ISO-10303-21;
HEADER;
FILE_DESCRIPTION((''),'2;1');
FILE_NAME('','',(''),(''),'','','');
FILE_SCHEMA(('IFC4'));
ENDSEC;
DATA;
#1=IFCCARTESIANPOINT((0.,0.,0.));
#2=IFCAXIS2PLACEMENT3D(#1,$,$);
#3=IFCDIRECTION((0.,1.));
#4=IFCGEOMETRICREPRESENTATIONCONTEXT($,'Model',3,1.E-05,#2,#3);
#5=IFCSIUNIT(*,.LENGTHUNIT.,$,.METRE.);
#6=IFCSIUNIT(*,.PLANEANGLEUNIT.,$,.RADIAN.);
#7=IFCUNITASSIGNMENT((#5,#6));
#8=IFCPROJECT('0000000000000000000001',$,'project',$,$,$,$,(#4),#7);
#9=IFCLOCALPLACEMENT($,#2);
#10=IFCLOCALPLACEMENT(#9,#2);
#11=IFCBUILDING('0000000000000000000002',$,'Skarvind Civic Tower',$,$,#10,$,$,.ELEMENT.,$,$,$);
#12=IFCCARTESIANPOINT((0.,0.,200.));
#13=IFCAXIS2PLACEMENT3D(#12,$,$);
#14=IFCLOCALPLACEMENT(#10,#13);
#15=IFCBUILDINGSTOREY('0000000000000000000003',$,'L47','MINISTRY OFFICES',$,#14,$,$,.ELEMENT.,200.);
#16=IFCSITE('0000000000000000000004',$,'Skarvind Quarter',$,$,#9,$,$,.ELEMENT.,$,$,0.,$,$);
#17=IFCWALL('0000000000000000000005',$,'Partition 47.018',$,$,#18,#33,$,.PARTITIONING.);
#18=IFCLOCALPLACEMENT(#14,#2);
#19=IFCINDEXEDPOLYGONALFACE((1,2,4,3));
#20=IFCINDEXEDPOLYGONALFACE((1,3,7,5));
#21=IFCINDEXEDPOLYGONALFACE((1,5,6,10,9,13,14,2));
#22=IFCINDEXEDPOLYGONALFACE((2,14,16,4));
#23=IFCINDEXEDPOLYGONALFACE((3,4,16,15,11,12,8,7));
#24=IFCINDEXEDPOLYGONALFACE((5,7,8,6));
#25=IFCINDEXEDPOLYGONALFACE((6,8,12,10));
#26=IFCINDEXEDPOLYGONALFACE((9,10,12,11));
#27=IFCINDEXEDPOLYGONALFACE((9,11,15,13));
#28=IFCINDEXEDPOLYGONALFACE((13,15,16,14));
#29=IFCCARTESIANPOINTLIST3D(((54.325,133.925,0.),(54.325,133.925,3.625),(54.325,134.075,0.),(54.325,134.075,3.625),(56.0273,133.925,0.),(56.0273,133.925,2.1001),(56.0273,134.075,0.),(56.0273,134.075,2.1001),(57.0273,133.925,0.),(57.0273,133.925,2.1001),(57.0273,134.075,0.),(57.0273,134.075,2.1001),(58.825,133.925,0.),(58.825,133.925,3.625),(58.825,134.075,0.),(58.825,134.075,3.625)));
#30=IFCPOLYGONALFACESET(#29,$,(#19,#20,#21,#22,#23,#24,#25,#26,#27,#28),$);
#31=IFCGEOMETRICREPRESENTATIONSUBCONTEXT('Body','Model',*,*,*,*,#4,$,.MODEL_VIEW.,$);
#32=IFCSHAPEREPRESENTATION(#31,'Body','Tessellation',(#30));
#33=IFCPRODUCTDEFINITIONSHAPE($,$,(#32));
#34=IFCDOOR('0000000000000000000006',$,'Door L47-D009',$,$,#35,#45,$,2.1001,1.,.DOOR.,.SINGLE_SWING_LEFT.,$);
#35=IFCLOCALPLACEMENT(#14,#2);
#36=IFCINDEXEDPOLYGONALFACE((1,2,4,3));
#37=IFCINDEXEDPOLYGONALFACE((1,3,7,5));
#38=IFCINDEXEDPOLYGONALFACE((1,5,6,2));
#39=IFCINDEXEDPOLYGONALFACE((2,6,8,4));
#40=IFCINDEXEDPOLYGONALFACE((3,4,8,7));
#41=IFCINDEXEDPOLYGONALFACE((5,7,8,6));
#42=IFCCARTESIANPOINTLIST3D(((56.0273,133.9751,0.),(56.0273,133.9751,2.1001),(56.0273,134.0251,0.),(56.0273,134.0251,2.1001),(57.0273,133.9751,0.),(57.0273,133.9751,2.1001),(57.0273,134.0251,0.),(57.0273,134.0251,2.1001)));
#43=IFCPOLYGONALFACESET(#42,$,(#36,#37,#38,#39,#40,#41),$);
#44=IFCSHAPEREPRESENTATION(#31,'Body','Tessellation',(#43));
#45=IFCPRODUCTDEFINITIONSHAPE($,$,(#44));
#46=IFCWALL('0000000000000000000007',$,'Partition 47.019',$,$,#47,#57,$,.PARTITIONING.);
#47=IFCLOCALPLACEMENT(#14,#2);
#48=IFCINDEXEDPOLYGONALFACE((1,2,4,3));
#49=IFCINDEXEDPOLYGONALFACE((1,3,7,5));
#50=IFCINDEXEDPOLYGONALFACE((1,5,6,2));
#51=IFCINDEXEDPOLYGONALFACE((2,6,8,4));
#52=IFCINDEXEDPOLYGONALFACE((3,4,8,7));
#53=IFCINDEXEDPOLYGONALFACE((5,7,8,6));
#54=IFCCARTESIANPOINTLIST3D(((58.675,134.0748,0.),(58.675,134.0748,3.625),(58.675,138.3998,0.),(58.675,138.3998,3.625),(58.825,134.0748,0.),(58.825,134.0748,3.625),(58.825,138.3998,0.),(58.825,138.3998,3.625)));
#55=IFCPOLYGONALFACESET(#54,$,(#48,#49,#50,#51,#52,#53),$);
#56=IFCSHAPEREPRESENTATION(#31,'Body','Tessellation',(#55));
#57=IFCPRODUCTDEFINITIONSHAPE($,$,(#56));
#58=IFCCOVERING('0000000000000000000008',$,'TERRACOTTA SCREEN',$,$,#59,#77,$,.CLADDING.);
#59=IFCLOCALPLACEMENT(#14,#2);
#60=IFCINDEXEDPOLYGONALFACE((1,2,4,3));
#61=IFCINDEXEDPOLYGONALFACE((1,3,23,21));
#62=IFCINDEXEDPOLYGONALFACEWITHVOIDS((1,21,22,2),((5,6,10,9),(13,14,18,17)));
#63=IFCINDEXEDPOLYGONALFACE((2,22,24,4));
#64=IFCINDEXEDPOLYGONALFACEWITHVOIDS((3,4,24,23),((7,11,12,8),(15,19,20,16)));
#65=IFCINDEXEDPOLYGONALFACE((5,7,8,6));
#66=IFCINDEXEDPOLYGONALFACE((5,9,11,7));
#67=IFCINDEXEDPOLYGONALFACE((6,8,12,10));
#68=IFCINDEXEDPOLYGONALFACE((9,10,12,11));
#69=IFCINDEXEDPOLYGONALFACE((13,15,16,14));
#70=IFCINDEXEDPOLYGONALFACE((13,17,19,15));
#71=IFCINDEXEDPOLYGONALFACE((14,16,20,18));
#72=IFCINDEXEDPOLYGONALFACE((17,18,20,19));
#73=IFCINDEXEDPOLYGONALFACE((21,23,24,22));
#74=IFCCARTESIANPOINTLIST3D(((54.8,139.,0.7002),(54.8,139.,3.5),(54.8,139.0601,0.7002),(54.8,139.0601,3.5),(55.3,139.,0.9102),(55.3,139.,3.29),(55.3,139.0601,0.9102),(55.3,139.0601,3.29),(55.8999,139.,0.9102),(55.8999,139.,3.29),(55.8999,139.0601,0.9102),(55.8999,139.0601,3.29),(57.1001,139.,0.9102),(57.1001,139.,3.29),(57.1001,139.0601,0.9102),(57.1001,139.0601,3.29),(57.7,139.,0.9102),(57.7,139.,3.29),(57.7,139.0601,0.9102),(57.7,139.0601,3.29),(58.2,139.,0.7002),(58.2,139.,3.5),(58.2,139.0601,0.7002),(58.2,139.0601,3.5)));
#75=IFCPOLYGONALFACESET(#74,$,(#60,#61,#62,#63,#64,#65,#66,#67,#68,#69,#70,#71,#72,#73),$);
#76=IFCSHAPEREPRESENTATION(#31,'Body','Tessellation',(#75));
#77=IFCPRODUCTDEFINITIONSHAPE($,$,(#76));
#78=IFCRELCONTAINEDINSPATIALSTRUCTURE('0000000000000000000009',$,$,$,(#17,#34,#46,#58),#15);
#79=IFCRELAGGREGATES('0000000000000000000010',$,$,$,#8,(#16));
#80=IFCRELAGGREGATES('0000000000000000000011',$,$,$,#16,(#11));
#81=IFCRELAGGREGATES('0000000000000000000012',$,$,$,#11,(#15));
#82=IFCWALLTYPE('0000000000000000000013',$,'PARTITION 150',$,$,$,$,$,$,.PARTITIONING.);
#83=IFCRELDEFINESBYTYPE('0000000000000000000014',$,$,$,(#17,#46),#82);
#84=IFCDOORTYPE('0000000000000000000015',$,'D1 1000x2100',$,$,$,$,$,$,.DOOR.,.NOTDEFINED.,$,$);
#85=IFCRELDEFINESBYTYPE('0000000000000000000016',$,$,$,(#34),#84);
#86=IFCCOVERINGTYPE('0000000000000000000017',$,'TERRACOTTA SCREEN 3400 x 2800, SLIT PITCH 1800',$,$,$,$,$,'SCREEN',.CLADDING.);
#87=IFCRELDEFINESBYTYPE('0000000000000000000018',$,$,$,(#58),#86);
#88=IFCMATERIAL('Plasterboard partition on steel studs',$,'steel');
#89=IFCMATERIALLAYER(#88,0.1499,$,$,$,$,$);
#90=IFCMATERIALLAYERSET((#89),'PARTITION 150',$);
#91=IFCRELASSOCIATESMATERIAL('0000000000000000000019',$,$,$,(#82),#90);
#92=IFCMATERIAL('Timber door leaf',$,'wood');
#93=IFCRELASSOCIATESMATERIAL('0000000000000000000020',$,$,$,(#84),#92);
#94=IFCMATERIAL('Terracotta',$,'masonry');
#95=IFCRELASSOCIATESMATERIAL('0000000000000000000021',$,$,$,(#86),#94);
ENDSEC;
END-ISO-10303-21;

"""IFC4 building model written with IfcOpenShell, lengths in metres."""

from ifc_helpers import new_model, si_unit, direction, frame, frame_2d, origin, place, context, subcontext, project, spatial, polyline, rectangle, outline, extrude, material, layer, layer_set, material_profile, profile_set, type_object, element, fill, save


model = new_model("IFC4")

# Units and contexts
model_context = context("Model", 3, precision=1e-05, world=origin(), true_north=direction((0.0, 1.0)))
body_context = subcontext(model_context, "Body", "Model", "MODEL_VIEW")
ifc_project = project(units=[si_unit("LENGTHUNIT", "METRE"), si_unit("PLANEANGLEUNIT", "RADIAN")], contexts=[model_context])

# Site, building, storey
site_placement = place(None, origin())
site = spatial("IfcSite", under=ifc_project, at=site_placement, Name="Skarvind Quarter", CompositionType="ELEMENT", RefElevation=0.0)
building_placement = place(site_placement, origin())
building = spatial("IfcBuilding", under=site, at=building_placement, Name="Skarvind Civic Tower", CompositionType="ELEMENT")
storey_placement = place(building_placement, frame((0.0, 0.0, 200.0)))
storey = spatial("IfcBuildingStorey", under=building, at=storey_placement, Name="L47", Description="MINISTRY OFFICES", CompositionType="ELEMENT", Elevation=200.0)

# Shared definitions
ifc_material_1 = material(Name="Plasterboard partition on steel studs", Category="steel")
ifc_layer_1 = layer(ifc_material_1, 0.1499)
ifc_layer_set_1 = layer_set([ifc_layer_1], Name="PARTITION 150")
wall_type_1 = type_object("IfcWallType", Name="PARTITION 150", PredefinedType="PARTITIONING", material=ifc_layer_set_1)

# Wall, opening, door
wall_1_placement = place(storey_placement, frame((58.825, 134.0, 0.0), z_axis=(0.0, 0.0, 1.0), x_axis=(-1.0, 0.0, 0.0)))
wall_1 = element("IfcWall", 1, at=wall_1_placement, inside=storey, type_object=wall_type_1, Name="Partition 47.018", PredefinedType="PARTITIONING", context=body_context, shape_type="SweptSolid", body=[
    extrude(rectangle(XDim=4.5, YDim=0.1499, at=frame_2d((2.25, 0.0))), origin(), (0.0, 0.0, 1.0), 3.625),
])
opening_1_placement = place(wall_1_placement, frame((1.7976, 0.0, 0.0)))
opening_1 = element("IfcOpeningElement", 2, at=opening_1_placement, cuts=wall_1, PredefinedType="OPENING", context=body_context, shape_type="SweptSolid", body=[
    extrude(rectangle(XDim=1.0, YDim=2.1001, at=frame_2d((0.5, 1.05))), frame((0.0, 0.085, 0.0), z_axis=(0.0, -1.0, 0.0), x_axis=(1.0, 0.0, 0.0)), (0.0, 0.0, 1.0), 0.1699),
])
ifc_material_2 = material(Name="Timber door leaf", Category="wood")
door_type_1 = type_object("IfcDoorType", Name="D1 1000x2100", OperationType="NOTDEFINED", PredefinedType="DOOR", material=ifc_material_2)
door_1_placement = place(opening_1_placement, origin())
door_1 = element("IfcDoor", 3, at=door_1_placement, inside=storey, type_object=door_type_1, Name="Door L47-D009", OperationType="SINGLE_SWING_LEFT", OverallHeight=2.1001, OverallWidth=1.0, PredefinedType="DOOR", context=body_context, shape_type="SweptSolid", body=[
    extrude(rectangle(XDim=1.0, YDim=2.1001, at=frame_2d((0.5, 1.05))), frame((0.0, 0.0249, 0.0), z_axis=(0.0, -1.0, 0.0), x_axis=(1.0, 0.0, 0.0)), (0.0, 0.0, 1.0), 0.05),
])
fill(opening_1, door_1)

# Wall
wall_2_placement = place(storey_placement, frame((58.75, 138.3999, 0.0), z_axis=(0.0, 0.0, 1.0), x_axis=(0.0, -1.0, 0.0)))
element("IfcWall", 4, at=wall_2_placement, inside=storey, type_object=wall_type_1, Name="Partition 47.019", PredefinedType="PARTITIONING", context=body_context, shape_type="SweptSolid", body=[
    extrude(rectangle(XDim=4.325, YDim=0.1499, at=frame_2d((2.1626, 0.0))), origin(), (0.0, 0.0, 1.0), 3.625),
])

# Covering
ifc_material_3 = material(Name="Terracotta", Category="masonry")
ifc_material_profile_1 = material_profile(ifc_material_3, outline(polyline([(-1.7, -1.3999), (1.7, -1.3999), (1.7, 1.3999), (-1.7, 1.3999), (-1.7, -1.3999)]), holes=[polyline([(-1.2, -1.1899), (-0.6001, -1.1899), (-0.6001, 1.1899), (-1.2, 1.1899), (-1.2, -1.1899)]), polyline([(0.6001, -1.1899), (1.2, -1.1899), (1.2, 1.1899), (0.6001, 1.1899), (0.6001, -1.1899)])]), Name="TERRACOTTA SCREEN 3400 x 2800, SLIT PITCH 1800")
ifc_profile_set_1 = profile_set([ifc_material_profile_1], Name="Terracotta")
covering_type = type_object("IfcCoveringType", Name="TERRACOTTA SCREEN 3400 x 2800, SLIT PITCH 1800", ElementType="SCREEN", PredefinedType="CLADDING", material=ifc_profile_set_1)
covering_placement = place(storey_placement, frame((56.5, 139.0, 2.1001), z_axis=(0.0, 1.0, 0.0), x_axis=(-1.0, 0.0, 0.0)))
element("IfcCovering", 5, at=covering_placement, inside=storey, type_object=covering_type, Name="TERRACOTTA SCREEN", PredefinedType="CLADDING", context=body_context, shape_type="SweptSolid", body=[
    extrude(outline(polyline([(-1.7, -1.3999), (1.7, -1.3999), (1.7, 1.3999), (-1.7, 1.3999), (-1.7, -1.3999)]), holes=[polyline([(-1.2, -1.1899), (-0.6001, -1.1899), (-0.6001, 1.1899), (-1.2, 1.1899), (-1.2, -1.1899)]), polyline([(0.6001, -1.1899), (1.2, -1.1899), (1.2, 1.1899), (0.6001, 1.1899), (0.6001, -1.1899)])]), origin(), (0.0, 0.0, 1.0), 0.0601),
])

save(model, "model.ifc")
